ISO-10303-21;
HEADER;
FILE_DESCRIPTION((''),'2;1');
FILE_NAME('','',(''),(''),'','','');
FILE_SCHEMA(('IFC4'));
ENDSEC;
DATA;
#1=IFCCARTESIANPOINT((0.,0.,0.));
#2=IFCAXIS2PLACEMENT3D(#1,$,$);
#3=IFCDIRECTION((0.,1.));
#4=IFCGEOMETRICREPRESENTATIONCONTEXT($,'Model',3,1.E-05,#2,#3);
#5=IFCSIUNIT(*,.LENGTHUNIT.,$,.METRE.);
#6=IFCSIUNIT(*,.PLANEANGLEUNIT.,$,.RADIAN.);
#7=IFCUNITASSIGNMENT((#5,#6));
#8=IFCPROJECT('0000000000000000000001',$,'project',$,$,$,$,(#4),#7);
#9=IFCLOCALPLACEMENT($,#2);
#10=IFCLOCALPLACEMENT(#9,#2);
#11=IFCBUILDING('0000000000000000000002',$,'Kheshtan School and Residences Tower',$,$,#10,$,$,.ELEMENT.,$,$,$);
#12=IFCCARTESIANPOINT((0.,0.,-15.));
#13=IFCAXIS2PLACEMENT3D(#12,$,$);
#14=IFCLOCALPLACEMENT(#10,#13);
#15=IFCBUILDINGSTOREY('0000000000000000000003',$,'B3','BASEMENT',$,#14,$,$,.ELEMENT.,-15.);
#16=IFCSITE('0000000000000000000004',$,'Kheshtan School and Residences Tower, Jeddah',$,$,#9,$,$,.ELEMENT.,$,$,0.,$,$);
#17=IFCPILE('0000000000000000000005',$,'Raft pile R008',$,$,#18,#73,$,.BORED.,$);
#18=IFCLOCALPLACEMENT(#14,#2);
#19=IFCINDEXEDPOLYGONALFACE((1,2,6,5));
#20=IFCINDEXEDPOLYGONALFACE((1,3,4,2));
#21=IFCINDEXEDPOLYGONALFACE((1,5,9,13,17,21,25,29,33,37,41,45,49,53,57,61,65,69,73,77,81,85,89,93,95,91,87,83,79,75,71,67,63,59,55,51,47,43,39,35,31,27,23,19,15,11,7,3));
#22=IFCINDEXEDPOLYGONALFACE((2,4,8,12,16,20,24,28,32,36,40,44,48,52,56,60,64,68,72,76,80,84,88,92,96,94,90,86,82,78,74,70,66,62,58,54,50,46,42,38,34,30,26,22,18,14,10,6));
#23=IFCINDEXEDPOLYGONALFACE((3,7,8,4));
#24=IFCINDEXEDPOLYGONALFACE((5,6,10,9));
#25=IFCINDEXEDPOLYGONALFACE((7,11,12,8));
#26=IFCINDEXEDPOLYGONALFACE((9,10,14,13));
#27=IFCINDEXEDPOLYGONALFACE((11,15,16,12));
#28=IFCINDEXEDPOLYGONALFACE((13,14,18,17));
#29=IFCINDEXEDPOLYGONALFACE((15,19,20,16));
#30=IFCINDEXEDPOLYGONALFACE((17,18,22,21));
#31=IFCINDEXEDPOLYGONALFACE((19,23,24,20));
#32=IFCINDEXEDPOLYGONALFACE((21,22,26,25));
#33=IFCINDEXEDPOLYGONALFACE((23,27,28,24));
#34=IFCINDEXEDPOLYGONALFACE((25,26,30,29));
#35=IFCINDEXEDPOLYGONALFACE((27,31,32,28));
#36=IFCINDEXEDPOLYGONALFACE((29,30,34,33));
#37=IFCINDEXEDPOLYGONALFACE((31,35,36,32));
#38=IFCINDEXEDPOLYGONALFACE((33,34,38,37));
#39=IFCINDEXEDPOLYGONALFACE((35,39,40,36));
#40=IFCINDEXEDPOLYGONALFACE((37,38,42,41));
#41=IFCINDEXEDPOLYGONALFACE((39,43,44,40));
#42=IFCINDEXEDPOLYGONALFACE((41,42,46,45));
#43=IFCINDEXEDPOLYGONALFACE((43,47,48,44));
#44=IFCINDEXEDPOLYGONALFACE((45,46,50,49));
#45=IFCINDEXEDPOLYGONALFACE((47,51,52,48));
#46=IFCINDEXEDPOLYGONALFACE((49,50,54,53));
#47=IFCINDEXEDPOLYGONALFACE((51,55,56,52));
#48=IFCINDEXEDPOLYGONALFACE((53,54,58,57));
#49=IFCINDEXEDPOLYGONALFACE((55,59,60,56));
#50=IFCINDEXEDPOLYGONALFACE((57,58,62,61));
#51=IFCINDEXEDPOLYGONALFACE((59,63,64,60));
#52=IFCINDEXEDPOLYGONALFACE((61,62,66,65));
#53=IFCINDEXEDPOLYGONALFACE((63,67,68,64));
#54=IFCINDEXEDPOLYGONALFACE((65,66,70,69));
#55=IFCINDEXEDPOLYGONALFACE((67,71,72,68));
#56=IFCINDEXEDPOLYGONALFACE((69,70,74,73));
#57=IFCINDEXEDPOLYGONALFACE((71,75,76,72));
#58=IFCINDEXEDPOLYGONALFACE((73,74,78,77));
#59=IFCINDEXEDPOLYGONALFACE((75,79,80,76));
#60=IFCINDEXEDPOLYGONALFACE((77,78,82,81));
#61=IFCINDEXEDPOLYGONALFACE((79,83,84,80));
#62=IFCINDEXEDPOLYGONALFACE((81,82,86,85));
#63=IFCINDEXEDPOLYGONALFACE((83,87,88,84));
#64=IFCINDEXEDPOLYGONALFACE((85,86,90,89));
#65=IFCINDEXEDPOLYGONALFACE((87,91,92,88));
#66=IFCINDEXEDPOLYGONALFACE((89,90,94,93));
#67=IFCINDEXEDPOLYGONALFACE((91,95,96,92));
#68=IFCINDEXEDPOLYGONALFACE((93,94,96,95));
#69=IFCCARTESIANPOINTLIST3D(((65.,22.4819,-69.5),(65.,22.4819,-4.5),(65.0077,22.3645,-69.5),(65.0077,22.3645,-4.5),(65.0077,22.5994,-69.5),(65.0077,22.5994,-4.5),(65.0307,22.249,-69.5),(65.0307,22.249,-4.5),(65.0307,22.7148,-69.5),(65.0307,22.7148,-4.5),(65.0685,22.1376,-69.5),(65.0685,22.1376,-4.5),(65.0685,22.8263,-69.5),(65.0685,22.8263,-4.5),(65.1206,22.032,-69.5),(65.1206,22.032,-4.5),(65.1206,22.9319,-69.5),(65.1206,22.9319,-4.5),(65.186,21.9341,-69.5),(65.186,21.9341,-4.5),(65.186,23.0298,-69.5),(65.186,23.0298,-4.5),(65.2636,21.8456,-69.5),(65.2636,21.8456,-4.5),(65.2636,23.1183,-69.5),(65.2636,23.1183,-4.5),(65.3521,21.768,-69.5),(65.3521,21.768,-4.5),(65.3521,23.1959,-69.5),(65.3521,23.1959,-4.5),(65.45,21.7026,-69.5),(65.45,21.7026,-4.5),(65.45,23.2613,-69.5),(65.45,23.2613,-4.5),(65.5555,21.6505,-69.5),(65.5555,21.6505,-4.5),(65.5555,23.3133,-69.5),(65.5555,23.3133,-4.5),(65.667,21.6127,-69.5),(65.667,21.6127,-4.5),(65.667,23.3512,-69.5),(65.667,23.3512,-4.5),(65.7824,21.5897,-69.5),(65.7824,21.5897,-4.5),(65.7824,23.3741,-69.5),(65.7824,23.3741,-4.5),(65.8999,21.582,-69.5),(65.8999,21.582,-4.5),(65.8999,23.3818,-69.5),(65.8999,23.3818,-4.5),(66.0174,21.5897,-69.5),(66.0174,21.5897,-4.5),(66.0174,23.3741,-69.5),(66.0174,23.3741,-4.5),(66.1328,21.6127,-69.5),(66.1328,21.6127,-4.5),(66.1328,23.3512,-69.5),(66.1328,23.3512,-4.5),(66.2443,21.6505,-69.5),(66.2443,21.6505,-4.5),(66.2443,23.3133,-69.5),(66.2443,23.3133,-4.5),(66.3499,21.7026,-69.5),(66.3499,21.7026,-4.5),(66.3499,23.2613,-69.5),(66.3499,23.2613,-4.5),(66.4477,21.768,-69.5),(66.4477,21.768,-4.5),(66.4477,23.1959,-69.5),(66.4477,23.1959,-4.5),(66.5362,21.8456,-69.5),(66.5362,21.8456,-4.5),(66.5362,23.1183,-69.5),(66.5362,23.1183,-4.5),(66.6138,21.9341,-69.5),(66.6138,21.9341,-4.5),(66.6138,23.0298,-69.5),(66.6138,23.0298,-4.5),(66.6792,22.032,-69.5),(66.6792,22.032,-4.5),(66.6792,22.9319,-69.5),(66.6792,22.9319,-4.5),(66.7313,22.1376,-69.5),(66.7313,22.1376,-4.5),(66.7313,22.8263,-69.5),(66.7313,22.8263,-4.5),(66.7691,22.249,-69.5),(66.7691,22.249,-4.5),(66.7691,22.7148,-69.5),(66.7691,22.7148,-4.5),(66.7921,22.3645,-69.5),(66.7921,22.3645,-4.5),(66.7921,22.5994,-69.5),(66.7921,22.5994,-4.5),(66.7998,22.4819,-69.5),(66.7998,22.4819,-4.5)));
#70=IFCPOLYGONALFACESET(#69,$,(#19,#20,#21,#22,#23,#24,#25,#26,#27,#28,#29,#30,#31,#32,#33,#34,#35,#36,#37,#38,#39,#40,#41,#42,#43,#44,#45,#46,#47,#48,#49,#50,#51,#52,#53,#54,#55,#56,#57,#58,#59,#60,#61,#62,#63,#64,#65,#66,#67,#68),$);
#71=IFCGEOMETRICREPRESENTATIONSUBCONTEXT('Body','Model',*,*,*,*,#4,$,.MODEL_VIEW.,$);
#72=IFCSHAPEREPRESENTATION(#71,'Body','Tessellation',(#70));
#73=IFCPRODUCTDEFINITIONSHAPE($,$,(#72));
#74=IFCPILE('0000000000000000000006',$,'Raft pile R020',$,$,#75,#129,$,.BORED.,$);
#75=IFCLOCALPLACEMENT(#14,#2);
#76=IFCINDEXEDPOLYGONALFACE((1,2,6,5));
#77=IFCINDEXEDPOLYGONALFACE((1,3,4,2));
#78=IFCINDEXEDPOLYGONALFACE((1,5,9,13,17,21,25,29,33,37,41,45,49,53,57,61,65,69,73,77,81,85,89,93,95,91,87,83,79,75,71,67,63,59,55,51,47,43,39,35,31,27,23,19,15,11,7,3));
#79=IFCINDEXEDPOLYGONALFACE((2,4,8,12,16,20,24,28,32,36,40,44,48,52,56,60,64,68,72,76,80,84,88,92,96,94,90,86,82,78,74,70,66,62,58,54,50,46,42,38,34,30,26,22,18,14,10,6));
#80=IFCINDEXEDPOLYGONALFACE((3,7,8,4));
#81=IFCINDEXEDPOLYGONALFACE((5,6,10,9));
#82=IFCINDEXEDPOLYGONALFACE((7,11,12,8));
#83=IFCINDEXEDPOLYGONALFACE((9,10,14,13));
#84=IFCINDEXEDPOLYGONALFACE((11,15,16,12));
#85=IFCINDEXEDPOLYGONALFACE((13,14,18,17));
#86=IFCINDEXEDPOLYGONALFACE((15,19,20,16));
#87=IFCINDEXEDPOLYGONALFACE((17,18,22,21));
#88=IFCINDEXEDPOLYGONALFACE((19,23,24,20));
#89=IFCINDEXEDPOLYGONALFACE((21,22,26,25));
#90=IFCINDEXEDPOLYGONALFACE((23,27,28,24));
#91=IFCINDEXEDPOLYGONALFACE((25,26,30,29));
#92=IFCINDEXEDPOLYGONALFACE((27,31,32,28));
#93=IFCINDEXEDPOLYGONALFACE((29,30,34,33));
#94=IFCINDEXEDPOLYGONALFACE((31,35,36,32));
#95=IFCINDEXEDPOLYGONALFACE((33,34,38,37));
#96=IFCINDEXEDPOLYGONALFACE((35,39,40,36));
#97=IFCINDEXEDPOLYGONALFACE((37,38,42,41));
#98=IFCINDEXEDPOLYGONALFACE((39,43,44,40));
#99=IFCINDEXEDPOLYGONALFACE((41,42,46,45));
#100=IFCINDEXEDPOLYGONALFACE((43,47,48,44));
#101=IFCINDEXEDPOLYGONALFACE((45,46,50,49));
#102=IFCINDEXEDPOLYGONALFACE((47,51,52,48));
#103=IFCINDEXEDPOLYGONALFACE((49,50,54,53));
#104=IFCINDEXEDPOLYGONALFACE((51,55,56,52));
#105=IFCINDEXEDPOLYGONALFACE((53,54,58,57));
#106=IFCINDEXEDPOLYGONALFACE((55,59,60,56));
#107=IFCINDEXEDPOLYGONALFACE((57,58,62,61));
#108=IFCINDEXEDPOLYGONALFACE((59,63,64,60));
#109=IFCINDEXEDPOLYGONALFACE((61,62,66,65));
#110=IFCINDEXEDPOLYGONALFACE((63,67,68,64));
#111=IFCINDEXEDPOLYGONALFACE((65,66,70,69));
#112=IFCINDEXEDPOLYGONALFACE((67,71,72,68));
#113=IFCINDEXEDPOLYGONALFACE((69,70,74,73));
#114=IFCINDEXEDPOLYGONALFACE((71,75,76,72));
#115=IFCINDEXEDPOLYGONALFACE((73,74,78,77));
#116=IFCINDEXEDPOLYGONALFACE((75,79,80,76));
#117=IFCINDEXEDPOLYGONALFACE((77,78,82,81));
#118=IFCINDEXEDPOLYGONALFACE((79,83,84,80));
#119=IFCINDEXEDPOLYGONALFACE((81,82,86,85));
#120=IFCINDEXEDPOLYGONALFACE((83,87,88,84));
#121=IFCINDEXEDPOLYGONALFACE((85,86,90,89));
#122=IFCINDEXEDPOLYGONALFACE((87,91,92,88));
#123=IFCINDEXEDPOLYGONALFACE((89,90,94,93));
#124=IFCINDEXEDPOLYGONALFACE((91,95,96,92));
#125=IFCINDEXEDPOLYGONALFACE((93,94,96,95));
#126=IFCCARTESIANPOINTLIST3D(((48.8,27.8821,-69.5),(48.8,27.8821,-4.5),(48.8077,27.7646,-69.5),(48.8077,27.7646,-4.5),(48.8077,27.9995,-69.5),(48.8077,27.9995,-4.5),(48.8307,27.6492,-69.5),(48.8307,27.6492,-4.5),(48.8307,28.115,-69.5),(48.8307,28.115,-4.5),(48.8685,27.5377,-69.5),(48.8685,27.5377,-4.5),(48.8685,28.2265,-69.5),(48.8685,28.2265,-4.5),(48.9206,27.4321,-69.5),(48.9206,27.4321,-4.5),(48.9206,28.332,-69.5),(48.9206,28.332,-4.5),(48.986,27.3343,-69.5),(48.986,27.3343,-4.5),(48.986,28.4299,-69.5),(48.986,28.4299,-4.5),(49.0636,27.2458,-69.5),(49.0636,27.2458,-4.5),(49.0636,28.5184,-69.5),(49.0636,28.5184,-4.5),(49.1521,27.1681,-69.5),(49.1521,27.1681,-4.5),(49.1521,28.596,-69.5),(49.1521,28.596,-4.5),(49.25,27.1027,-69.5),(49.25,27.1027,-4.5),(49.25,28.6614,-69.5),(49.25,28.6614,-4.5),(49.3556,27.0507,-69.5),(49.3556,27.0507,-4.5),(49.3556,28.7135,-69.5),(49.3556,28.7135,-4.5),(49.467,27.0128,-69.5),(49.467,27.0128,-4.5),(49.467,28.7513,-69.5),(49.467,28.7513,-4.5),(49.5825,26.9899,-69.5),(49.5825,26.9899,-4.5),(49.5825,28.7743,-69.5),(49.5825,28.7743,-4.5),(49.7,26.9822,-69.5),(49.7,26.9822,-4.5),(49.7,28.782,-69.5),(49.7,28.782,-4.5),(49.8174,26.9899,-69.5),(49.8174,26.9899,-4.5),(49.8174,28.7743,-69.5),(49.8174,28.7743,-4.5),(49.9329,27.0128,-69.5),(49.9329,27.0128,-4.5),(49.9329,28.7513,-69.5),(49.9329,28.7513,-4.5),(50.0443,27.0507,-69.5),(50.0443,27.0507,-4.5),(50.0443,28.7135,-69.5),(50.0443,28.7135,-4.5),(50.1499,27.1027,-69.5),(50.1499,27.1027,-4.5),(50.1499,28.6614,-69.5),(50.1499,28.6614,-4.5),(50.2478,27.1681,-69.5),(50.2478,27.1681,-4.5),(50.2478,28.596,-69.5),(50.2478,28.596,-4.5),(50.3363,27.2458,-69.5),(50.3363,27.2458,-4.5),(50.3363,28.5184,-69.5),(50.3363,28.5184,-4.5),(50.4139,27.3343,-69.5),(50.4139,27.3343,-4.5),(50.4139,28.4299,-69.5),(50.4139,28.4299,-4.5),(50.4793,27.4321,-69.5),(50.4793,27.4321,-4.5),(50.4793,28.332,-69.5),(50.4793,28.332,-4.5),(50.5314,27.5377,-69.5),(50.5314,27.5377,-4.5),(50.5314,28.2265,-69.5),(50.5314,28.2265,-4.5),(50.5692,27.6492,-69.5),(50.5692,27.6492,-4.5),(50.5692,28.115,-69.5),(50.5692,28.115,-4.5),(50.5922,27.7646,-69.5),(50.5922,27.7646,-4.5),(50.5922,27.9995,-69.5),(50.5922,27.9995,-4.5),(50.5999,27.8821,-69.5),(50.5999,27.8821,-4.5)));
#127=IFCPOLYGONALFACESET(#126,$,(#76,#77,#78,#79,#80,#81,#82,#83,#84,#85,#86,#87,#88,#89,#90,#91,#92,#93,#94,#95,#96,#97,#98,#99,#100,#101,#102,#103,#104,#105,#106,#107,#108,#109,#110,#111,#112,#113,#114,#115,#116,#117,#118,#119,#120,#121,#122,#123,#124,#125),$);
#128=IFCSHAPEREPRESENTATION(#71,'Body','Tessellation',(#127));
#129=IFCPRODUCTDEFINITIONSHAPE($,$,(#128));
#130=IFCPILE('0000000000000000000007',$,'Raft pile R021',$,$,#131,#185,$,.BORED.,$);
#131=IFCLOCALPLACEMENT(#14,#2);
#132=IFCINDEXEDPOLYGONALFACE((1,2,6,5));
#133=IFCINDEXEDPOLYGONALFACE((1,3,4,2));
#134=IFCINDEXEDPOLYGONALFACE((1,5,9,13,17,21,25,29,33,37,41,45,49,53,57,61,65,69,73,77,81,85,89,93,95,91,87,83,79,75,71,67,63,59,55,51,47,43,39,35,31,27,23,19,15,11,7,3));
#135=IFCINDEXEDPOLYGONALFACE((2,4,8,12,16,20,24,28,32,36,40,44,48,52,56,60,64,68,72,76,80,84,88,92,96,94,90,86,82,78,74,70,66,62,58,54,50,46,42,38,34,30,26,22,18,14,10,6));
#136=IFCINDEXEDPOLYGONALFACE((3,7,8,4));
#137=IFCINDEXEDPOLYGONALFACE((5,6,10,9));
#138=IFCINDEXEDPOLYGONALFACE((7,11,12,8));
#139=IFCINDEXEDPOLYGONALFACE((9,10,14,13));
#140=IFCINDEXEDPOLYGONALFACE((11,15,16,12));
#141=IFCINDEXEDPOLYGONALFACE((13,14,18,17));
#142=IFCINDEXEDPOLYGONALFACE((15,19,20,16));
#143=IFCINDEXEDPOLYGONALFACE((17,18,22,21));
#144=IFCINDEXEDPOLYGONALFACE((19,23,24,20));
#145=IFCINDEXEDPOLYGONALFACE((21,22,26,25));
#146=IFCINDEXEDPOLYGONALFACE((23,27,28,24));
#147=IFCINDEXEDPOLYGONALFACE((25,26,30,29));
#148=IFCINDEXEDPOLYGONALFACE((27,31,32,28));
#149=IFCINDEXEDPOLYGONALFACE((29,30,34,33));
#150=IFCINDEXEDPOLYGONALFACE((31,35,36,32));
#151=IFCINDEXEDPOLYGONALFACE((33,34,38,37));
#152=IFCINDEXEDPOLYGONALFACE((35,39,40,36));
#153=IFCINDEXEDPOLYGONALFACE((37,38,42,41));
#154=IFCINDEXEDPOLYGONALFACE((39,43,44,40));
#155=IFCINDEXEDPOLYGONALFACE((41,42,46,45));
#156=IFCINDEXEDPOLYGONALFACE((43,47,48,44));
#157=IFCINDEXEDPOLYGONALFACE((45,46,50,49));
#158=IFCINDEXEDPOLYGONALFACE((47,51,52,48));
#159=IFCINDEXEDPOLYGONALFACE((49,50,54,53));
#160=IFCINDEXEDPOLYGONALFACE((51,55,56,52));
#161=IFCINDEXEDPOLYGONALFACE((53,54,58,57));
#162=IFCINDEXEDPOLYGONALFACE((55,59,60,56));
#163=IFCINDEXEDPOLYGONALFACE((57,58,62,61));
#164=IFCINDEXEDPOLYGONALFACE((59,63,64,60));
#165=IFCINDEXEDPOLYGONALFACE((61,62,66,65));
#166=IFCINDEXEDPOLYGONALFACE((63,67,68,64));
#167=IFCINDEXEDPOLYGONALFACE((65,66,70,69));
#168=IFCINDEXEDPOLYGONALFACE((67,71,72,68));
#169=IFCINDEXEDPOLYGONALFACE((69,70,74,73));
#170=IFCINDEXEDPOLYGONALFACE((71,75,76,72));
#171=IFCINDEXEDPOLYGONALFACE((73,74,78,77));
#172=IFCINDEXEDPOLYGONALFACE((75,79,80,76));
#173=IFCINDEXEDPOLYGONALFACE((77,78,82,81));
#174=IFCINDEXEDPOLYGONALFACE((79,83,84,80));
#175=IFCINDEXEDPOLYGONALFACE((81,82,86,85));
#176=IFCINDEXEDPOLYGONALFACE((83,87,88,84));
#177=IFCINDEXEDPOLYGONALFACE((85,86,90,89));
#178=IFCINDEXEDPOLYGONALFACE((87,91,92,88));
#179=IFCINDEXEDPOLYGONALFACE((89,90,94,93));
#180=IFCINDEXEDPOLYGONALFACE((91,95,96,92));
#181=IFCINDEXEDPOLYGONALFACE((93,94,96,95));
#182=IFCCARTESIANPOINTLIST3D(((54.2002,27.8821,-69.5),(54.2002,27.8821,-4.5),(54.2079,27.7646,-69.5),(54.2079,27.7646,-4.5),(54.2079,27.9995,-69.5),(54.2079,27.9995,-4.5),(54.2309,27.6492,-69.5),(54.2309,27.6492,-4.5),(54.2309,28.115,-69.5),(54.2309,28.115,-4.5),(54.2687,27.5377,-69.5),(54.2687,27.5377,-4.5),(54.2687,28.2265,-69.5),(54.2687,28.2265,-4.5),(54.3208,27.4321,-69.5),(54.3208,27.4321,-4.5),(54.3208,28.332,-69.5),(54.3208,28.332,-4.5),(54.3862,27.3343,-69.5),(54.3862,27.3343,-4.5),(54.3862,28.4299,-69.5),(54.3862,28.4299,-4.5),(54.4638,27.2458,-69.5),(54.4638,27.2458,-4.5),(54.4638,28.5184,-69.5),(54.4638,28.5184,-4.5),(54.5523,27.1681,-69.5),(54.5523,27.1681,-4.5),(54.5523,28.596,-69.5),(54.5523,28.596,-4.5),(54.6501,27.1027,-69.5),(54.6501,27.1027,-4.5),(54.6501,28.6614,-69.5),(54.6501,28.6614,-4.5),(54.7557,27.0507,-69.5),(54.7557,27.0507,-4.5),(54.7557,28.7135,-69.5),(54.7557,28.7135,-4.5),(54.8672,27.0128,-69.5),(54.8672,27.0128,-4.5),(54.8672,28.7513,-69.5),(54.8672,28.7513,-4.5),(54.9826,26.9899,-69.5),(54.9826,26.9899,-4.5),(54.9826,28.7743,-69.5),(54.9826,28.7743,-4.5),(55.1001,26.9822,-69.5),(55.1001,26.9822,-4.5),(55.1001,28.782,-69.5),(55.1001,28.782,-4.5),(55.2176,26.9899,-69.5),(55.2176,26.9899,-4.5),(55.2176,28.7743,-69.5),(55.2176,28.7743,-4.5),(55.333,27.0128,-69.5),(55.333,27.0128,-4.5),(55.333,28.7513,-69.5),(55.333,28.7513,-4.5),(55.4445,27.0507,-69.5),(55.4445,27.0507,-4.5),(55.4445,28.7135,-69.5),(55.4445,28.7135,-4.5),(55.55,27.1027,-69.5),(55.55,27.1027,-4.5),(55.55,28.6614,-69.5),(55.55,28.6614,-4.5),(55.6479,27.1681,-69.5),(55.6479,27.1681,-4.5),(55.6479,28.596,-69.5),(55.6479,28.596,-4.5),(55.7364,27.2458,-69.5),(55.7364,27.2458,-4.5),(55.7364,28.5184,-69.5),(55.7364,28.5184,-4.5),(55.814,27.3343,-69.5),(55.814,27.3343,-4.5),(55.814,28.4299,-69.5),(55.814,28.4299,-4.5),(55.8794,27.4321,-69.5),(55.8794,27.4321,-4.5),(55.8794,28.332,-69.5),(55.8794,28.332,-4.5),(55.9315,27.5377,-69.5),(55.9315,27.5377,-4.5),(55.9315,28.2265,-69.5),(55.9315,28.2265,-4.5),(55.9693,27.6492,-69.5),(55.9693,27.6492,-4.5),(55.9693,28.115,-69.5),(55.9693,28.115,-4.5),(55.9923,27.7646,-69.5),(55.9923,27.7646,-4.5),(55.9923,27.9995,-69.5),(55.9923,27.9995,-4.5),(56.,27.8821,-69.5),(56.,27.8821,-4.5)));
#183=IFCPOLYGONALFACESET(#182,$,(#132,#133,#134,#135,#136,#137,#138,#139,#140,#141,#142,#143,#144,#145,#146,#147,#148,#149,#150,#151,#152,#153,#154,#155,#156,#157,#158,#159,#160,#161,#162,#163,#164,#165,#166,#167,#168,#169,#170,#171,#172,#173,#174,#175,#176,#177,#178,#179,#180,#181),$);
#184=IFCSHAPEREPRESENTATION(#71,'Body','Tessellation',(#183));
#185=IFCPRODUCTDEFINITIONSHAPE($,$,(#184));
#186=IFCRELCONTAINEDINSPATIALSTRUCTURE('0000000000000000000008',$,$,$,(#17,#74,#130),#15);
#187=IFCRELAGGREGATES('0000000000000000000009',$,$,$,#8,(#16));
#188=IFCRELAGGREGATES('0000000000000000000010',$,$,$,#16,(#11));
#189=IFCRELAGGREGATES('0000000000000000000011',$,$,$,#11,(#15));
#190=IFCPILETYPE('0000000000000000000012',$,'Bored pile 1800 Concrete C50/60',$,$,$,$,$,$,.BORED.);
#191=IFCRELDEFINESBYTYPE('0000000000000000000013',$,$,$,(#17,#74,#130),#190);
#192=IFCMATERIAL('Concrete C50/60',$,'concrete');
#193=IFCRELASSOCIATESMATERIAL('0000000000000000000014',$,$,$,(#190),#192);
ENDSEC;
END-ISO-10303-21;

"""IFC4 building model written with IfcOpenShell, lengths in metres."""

from ifc_helpers import new_model, si_unit, direction, frame, origin, origin_2d, place, context, subcontext, project, spatial, circle, extrude, material, material_profile, profile_set, type_object, element, save


model = new_model("IFC4")

# Units and contexts
model_context = context("Model", 3, precision=1e-05, world=origin(), true_north=direction((0.0, 1.0)))
body_context = subcontext(model_context, "Body", "Model", "MODEL_VIEW")
ifc_project = project(units=[si_unit("LENGTHUNIT", "METRE"), si_unit("PLANEANGLEUNIT", "RADIAN")], contexts=[model_context])

# Site, building, storey
site_placement = place(None, origin())
site = spatial("IfcSite", under=ifc_project, at=site_placement, Name="Kheshtan School and Residences Tower, Jeddah", CompositionType="ELEMENT", RefElevation=0.0)
building_placement = place(site_placement, origin())
building = spatial("IfcBuilding", under=site, at=building_placement, Name="Kheshtan School and Residences Tower", CompositionType="ELEMENT")
storey_placement = place(building_placement, frame((0.0, 0.0, -15.0)))
storey = spatial("IfcBuildingStorey", under=building, at=storey_placement, Name="B3", Description="BASEMENT", CompositionType="ELEMENT", Elevation=-15.0)

# Piles
ifc_material_1 = material(Name="Concrete C50/60", Category="concrete")
ifc_material_profile_1 = material_profile(ifc_material_1, circle(Radius=0.8999, at=origin_2d()), Name="BP 1800")
ifc_profile_set_1 = profile_set([ifc_material_profile_1], Name="Concrete C50/60")
pile_type_1 = type_object("IfcPileType", Name="Bored pile 1800 Concrete C50/60", PredefinedType="BORED", material=ifc_profile_set_1)
for number, where, z_axis, x_axis, name in (
    (1, (65.8999, 22.4819, -4.5), (0.0, 0.0, -1.0), (1.0, 0.0, 0.0), "Raft pile R008"),
    (2, (49.7, 27.8821, -4.5), (0.0, 0.0, -1.0), (1.0, 0.0, 0.0), "Raft pile R020"),
    (3, (55.1001, 27.8821, -4.5), (0.0, 0.0, -1.0), (1.0, 0.0, 0.0), "Raft pile R021"),
):
    element("IfcPile", number, at=place(storey_placement, frame(where, z_axis=z_axis, x_axis=x_axis)), inside=storey, type_object=pile_type_1, Name=name, PredefinedType="BORED", context=body_context, shape_type="SweptSolid", body=[
        extrude(circle(Radius=0.8999, at=origin_2d()), origin(), (0.0, 0.0, 1.0), 65.0),
    ])

save(model, "model.ifc")
